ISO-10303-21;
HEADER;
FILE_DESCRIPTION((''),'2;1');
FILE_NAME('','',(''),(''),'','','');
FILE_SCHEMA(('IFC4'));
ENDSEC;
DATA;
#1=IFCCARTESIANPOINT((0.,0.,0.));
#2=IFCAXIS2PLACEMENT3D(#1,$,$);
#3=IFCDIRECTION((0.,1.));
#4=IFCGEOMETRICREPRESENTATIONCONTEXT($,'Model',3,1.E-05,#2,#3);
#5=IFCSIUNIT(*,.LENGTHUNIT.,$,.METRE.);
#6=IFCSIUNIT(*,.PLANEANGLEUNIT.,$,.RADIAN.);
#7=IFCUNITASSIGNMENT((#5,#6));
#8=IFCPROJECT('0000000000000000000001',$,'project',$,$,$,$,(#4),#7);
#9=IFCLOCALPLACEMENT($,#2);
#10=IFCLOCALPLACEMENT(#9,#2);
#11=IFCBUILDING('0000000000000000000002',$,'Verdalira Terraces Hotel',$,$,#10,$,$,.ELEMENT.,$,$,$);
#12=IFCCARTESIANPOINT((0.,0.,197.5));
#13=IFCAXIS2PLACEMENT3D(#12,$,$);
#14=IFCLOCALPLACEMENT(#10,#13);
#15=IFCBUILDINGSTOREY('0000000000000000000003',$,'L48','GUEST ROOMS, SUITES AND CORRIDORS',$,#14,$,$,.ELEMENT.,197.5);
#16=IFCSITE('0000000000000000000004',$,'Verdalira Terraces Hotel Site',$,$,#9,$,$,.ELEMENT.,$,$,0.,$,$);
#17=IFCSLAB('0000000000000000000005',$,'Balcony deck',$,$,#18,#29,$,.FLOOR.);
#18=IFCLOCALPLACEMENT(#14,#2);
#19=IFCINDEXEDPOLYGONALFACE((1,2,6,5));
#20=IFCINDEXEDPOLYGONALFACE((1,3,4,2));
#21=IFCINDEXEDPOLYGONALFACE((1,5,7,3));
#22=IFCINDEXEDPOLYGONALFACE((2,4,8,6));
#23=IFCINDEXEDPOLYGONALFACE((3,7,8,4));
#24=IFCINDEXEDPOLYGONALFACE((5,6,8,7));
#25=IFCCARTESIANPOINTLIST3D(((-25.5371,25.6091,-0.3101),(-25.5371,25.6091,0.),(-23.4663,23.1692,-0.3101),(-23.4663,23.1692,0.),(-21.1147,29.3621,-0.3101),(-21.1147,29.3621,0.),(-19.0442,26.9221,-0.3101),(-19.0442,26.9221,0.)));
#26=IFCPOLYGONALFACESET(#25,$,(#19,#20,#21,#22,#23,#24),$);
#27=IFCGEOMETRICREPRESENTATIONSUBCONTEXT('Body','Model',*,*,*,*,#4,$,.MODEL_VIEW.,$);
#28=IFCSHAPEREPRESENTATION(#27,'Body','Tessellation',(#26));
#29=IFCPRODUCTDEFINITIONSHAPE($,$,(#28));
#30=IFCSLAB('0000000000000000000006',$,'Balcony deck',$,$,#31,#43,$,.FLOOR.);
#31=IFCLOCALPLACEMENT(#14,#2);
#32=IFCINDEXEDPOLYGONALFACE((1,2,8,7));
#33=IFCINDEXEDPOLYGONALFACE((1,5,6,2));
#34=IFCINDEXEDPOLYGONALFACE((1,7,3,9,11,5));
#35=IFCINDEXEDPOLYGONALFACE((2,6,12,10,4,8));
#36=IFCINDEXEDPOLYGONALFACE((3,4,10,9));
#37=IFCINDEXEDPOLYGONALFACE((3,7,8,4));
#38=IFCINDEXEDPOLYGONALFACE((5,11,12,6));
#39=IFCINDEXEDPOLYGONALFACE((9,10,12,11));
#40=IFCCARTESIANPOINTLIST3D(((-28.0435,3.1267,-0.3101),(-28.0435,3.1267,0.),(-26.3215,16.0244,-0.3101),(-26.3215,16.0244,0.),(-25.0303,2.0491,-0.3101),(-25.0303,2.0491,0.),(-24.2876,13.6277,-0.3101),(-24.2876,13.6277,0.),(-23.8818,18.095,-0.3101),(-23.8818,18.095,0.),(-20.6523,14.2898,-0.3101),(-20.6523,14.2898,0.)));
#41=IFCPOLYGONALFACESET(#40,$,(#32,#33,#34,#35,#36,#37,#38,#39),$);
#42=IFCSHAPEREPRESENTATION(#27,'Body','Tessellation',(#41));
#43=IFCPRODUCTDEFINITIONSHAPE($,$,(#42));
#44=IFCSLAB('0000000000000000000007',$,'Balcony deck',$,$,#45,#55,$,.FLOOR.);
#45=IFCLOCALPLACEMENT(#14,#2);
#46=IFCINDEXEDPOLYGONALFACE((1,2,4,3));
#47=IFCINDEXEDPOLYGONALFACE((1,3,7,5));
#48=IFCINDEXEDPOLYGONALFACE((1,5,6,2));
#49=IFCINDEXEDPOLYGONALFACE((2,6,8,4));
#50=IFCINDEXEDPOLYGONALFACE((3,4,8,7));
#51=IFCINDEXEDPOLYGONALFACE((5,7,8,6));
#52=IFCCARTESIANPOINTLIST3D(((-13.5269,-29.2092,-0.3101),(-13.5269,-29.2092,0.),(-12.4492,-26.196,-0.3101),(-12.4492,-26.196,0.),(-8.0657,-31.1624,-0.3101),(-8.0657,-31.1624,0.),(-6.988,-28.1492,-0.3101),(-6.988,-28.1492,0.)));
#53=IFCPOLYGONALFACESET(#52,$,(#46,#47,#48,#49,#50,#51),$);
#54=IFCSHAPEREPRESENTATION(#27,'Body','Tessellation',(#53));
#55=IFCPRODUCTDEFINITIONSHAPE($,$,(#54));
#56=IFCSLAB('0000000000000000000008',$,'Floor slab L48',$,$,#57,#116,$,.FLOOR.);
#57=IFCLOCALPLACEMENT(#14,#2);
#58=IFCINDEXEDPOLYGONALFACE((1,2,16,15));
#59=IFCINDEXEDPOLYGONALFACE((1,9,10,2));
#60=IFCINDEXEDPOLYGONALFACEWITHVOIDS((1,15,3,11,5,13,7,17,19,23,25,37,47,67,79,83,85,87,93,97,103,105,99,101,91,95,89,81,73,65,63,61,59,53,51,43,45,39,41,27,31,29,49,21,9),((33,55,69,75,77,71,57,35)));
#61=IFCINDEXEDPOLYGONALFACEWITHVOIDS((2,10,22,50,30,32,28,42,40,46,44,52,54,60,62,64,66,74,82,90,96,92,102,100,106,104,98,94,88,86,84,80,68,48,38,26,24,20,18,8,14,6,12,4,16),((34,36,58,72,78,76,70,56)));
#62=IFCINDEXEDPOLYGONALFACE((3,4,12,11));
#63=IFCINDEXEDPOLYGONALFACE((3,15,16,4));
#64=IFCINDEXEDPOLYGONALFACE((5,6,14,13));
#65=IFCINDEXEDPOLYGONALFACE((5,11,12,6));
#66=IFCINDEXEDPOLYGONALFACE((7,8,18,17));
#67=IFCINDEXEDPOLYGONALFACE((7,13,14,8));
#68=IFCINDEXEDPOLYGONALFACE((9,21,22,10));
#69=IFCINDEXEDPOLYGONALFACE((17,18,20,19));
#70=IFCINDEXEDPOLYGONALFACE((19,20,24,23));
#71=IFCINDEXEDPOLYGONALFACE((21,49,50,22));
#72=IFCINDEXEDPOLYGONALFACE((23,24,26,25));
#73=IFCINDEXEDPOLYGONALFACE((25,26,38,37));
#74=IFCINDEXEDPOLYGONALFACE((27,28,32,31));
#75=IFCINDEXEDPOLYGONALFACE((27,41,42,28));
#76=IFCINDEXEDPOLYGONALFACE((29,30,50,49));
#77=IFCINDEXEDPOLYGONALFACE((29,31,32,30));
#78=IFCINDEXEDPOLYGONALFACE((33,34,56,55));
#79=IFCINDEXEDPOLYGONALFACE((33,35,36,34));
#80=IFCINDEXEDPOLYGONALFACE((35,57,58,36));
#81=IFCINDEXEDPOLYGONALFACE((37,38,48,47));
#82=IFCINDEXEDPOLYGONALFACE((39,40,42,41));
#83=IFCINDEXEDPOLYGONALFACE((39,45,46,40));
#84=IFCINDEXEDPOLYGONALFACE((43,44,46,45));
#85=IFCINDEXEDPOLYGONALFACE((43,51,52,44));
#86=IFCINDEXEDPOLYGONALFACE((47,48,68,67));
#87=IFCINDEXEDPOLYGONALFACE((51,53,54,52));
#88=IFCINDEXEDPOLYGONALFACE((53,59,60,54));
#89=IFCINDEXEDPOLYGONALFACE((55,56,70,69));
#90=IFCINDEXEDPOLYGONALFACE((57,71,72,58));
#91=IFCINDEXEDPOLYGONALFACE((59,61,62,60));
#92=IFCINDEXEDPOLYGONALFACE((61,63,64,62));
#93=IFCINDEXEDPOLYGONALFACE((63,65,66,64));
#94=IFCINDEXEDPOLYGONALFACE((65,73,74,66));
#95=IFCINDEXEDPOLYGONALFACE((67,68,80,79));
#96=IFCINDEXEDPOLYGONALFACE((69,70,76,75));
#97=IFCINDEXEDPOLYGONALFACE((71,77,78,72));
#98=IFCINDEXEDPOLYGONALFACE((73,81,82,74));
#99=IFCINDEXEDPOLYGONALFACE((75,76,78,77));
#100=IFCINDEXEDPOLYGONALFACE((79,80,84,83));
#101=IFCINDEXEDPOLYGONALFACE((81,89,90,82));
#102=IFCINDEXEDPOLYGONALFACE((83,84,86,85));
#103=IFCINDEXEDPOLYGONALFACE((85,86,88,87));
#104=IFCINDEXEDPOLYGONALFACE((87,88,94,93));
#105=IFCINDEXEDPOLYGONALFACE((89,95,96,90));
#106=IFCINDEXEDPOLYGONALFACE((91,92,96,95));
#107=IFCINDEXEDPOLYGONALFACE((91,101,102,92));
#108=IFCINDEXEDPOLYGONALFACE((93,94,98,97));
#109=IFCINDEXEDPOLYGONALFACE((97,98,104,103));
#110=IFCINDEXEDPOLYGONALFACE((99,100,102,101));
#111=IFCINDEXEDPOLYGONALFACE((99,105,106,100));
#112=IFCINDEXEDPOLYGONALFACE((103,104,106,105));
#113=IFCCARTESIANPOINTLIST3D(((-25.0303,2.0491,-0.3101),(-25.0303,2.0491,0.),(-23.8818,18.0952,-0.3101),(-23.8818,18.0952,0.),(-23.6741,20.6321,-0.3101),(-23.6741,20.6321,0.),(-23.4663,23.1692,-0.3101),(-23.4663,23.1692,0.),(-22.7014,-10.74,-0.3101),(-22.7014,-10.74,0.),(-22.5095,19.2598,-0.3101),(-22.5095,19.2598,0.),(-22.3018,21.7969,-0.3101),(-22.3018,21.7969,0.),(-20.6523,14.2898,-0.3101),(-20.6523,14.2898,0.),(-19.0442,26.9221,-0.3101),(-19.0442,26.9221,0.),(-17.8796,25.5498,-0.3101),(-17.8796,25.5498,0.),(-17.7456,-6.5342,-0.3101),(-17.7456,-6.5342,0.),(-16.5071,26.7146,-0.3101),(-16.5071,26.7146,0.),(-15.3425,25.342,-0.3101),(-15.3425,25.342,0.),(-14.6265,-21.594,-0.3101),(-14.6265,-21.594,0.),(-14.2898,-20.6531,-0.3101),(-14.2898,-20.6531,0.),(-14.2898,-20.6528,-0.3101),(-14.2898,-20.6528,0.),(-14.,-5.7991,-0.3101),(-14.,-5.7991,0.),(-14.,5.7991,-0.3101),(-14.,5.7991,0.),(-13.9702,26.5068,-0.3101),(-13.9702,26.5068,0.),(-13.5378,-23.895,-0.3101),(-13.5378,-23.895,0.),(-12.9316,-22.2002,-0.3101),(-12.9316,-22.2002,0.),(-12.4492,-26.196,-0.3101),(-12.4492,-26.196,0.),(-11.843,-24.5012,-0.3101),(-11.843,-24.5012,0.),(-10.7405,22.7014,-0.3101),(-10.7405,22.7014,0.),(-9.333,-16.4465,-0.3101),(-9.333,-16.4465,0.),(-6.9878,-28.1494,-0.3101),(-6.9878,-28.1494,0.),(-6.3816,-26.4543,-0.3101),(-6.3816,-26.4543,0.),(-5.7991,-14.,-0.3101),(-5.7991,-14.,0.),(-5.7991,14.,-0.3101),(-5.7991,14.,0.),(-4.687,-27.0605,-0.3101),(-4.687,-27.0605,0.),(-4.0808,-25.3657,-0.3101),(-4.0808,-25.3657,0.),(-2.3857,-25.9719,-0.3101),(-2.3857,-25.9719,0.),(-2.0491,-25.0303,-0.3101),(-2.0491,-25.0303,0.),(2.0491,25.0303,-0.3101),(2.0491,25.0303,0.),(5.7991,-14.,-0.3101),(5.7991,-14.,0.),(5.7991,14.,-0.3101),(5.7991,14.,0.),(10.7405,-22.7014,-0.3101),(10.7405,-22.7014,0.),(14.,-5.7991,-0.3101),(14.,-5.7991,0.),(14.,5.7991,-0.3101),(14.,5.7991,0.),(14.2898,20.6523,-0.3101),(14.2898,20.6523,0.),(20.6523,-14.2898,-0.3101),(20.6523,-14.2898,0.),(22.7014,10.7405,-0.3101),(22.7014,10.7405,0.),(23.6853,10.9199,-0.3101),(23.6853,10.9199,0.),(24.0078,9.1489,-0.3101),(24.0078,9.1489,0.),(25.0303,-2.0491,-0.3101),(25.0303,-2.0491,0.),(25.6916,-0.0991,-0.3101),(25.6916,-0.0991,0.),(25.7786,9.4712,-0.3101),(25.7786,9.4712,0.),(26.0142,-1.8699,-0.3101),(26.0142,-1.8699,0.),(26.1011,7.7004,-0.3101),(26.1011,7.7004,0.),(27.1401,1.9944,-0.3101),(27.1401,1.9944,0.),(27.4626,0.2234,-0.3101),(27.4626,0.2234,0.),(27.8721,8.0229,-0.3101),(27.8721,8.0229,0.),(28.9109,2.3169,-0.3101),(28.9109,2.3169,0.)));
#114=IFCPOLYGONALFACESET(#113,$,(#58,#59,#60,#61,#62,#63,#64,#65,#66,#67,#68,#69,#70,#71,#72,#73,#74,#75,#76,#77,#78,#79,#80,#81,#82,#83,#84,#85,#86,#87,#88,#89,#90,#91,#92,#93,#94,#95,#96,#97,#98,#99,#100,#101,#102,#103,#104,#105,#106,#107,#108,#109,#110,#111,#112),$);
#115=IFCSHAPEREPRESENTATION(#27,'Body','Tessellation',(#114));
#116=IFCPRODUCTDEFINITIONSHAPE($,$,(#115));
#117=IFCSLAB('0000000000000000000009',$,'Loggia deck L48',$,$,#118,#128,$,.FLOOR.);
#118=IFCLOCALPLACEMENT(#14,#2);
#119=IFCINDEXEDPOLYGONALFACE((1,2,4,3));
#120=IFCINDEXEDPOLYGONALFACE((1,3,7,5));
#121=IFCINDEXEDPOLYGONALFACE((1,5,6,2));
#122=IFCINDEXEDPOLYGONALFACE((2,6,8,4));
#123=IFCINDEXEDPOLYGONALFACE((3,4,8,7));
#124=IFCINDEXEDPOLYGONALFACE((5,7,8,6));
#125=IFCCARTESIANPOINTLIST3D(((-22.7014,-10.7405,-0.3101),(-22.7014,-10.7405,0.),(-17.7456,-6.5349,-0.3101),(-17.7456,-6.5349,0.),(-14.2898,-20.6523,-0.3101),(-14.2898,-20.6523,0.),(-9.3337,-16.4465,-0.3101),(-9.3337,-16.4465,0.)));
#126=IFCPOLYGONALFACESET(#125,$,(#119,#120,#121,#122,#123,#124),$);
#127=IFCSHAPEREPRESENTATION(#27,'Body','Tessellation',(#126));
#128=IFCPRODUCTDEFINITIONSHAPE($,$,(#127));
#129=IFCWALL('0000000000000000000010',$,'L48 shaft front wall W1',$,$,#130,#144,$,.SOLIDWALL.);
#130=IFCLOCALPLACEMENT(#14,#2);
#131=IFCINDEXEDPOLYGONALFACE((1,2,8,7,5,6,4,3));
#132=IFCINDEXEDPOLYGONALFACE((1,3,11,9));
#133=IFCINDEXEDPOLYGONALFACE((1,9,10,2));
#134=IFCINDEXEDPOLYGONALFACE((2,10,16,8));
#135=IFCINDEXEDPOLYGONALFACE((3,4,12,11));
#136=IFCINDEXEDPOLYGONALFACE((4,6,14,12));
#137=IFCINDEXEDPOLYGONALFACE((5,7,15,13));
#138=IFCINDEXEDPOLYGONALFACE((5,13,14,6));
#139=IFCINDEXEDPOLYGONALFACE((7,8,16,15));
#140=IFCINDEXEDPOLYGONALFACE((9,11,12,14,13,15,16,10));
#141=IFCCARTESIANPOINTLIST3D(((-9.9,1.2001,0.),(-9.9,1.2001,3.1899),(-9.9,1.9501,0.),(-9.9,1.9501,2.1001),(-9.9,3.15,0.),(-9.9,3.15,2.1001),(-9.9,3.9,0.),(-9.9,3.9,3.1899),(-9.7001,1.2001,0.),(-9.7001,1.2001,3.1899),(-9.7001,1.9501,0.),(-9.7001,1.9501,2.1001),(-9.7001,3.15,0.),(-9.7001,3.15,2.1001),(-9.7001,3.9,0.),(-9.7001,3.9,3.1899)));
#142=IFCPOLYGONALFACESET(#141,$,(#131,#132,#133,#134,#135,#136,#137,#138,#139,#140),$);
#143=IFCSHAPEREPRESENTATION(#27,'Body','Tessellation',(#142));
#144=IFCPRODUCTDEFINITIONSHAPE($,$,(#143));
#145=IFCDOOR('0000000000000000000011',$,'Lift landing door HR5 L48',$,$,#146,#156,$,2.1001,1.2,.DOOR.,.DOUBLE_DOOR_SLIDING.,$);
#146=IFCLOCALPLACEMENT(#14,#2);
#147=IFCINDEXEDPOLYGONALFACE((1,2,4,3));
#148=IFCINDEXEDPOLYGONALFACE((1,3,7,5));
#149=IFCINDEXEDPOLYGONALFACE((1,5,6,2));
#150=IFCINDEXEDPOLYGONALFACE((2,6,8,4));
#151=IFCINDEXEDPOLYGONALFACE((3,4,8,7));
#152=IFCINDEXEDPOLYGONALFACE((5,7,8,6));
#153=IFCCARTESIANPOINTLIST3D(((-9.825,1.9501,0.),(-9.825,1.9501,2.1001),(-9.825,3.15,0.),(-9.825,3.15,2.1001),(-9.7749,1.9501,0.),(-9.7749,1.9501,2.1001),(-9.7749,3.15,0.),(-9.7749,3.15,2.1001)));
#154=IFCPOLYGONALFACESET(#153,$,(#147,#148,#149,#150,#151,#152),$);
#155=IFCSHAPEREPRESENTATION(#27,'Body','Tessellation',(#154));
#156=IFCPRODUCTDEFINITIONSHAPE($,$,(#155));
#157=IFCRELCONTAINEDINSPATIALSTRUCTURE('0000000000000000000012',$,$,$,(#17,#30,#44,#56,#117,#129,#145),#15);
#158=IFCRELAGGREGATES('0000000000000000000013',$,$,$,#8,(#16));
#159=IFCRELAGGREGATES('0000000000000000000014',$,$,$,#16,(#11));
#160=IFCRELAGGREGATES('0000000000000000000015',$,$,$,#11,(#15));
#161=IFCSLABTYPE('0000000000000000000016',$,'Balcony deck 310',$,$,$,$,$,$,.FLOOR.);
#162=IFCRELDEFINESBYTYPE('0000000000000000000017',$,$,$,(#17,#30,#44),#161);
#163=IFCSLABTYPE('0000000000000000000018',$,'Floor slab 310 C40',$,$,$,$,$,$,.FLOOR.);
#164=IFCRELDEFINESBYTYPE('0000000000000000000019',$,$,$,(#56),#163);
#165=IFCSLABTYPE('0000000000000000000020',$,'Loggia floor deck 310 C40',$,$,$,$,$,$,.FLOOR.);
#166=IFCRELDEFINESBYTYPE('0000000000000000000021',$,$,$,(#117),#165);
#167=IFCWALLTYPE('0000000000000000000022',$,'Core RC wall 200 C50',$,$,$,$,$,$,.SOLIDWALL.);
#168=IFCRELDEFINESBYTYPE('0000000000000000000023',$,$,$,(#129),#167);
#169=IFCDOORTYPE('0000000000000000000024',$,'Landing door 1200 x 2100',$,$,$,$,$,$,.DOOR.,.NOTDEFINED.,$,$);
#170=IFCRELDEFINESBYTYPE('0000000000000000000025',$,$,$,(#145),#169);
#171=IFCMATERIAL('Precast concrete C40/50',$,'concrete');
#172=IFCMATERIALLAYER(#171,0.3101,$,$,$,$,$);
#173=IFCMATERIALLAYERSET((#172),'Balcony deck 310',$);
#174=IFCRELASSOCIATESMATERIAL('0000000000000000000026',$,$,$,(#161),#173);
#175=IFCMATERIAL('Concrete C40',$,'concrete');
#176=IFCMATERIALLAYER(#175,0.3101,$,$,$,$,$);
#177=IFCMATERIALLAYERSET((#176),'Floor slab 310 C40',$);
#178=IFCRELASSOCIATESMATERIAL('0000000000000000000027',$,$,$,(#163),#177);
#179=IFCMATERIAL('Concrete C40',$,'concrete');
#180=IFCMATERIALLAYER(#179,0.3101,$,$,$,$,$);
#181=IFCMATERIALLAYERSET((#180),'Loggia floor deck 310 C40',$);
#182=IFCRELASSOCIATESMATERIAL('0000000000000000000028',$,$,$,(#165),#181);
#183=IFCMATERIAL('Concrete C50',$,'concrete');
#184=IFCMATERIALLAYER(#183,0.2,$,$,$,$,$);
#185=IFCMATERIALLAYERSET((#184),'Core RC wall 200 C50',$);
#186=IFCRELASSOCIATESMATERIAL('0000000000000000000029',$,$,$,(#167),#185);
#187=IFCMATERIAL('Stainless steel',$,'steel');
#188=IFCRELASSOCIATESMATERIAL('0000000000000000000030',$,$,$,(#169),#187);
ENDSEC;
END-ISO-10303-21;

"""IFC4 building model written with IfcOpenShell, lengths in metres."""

from ifc_helpers import new_model, si_unit, direction, frame, frame_2d, origin, place, context, subcontext, project, spatial, polyline, rectangle, outline, extrude, material, layer, layer_set, type_object, element, fill, save


model = new_model("IFC4")

# Units and contexts
model_context = context("Model", 3, precision=1e-05, world=origin(), true_north=direction((0.0, 1.0)))
body_context = subcontext(model_context, "Body", "Model", "MODEL_VIEW")
ifc_project = project(units=[si_unit("LENGTHUNIT", "METRE"), si_unit("PLANEANGLEUNIT", "RADIAN")], contexts=[model_context])

# Site, building, storey
site_placement = place(None, origin())
site = spatial("IfcSite", under=ifc_project, at=site_placement, Name="Verdalira Terraces Hotel Site", CompositionType="ELEMENT", RefElevation=0.0)
building_placement = place(site_placement, origin())
building = spatial("IfcBuilding", under=site, at=building_placement, Name="Verdalira Terraces Hotel", CompositionType="ELEMENT")
storey_placement = place(building_placement, frame((0.0, 0.0, 197.5)))
storey = spatial("IfcBuildingStorey", under=building, at=storey_placement, Name="L48", Description="GUEST ROOMS, SUITES AND CORRIDORS", CompositionType="ELEMENT", Elevation=197.5)

# Slabs
ifc_material_1 = material(Name="Precast concrete C40/50", Category="concrete")
ifc_layer_1 = layer(ifc_material_1, 0.3101)
ifc_layer_set_1 = layer_set([ifc_layer_1], Name="Balcony deck 310")
slab_type_1 = type_object("IfcSlabType", Name="Balcony deck 310", PredefinedType="FLOOR", material=ifc_layer_set_1)
slab_1_placement = place(storey_placement, frame((0.0, 0.0, -0.3101)))
element("IfcSlab", 1, at=slab_1_placement, inside=storey, type_object=slab_type_1, Name="Balcony deck", PredefinedType="FLOOR", context=body_context, shape_type="SweptSolid", body=[
    extrude(outline(polyline([(-25.5371, 25.6091), (-23.4663, 23.1692), (-19.0442, 26.9221), (-21.1147, 29.3621), (-25.5371, 25.6091)])), origin(), (0.0, 0.0, 1.0), 0.3101),
])
slab_2_placement = place(storey_placement, frame((0.0, 0.0, -0.3101)))
element("IfcSlab", 2, at=slab_2_placement, inside=storey, type_object=slab_type_1, Name="Balcony deck", PredefinedType="FLOOR", context=body_context, shape_type="SweptSolid", body=[
    extrude(outline(polyline([(-24.2876, 13.6277), (-28.0435, 3.1267), (-25.0303, 2.0491), (-20.6523, 14.2898), (-23.8818, 18.095), (-26.3215, 16.0244), (-24.2876, 13.6277)])), origin(), (0.0, 0.0, 1.0), 0.3101),
])
slab_3_placement = place(storey_placement, frame((0.0, 0.0, -0.3101)))
element("IfcSlab", 3, at=slab_3_placement, inside=storey, type_object=slab_type_1, Name="Balcony deck", PredefinedType="FLOOR", context=body_context, shape_type="SweptSolid", body=[
    extrude(outline(polyline([(-8.0657, -31.1624), (-6.988, -28.1492), (-12.4492, -26.196), (-13.5269, -29.2092), (-8.0657, -31.1624)])), origin(), (0.0, 0.0, 1.0), 0.3101),
])
ifc_material_2 = material(Name="Concrete C40", Category="concrete")
ifc_layer_2 = layer(ifc_material_2, 0.3101)
ifc_layer_set_2 = layer_set([ifc_layer_2], Name="Floor slab 310 C40")
slab_type_2 = type_object("IfcSlabType", Name="Floor slab 310 C40", PredefinedType="FLOOR", material=ifc_layer_set_2)
slab_4_placement = place(storey_placement, frame((0.0, 0.0, -0.3101)))
element("IfcSlab", 4, at=slab_4_placement, inside=storey, type_object=slab_type_2, Name="Floor slab L48", PredefinedType="FLOOR", context=body_context, shape_type="SweptSolid", body=[
    extrude(outline(polyline([(-20.6523, 14.2898), (-25.0303, 2.0491), (-22.7014, -10.74), (-17.7456, -6.5342), (-9.333, -16.4465), (-14.2898, -20.6531), (-14.2898, -20.6528), (-14.6265, -21.594), (-12.9316, -22.2002), (-13.5378, -23.895), (-11.843, -24.5012), (-12.4492, -26.196), (-6.9878, -28.1494), (-6.3816, -26.4543), (-4.687, -27.0605), (-4.0808, -25.3657), (-2.3857, -25.9719), (-2.0491, -25.0303), (10.7405, -22.7014), (20.6523, -14.2898), (25.0303, -2.0491), (26.0142, -1.8699), (25.6916, -0.0991), (27.4626, 0.2234), (27.1401, 1.9944), (28.9109, 2.3169), (27.8721, 8.0229), (26.1011, 7.7004), (25.7786, 9.4712), (24.0078, 9.1489), (23.6853, 10.9199), (22.7014, 10.7405), (14.2898, 20.6523), (2.0491, 25.0303), (-10.7405, 22.7014), (-13.9702, 26.5068), (-15.3425, 25.342), (-16.5071, 26.7146), (-17.8796, 25.5498), (-19.0442, 26.9221), (-23.4663, 23.1692), (-22.3018, 21.7969), (-23.6741, 20.6321), (-22.5095, 19.2598), (-23.8818, 18.0952), (-20.6523, 14.2898)]), holes=[polyline([(5.7991, 14.0), (14.0, 5.7991), (14.0, -5.7991), (5.7991, -14.0), (-5.7991, -14.0), (-14.0, -5.7991), (-14.0, 5.7991), (-5.7991, 14.0), (5.7991, 14.0)])]), origin(), (0.0, 0.0, 1.0), 0.3101),
])
ifc_material_3 = material(Name="Concrete C40", Category="concrete")
ifc_layer_3 = layer(ifc_material_3, 0.3101)
ifc_layer_set_3 = layer_set([ifc_layer_3], Name="Loggia floor deck 310 C40")
slab_type_3 = type_object("IfcSlabType", Name="Loggia floor deck 310 C40", PredefinedType="FLOOR", material=ifc_layer_set_3)
slab_5_placement = place(storey_placement, frame((0.0, 0.0, -0.3101)))
element("IfcSlab", 5, at=slab_5_placement, inside=storey, type_object=slab_type_3, Name="Loggia deck L48", PredefinedType="FLOOR", context=body_context, shape_type="SweptSolid", body=[
    extrude(outline(polyline([(-17.7456, -6.5349), (-22.7014, -10.7405), (-14.2898, -20.6523), (-9.3337, -16.4465), (-17.7456, -6.5349)])), origin(), (0.0, 0.0, 1.0), 0.3101),
])

# Wall, opening, door
ifc_material_4 = material(Name="Concrete C50", Category="concrete")
ifc_layer_4 = layer(ifc_material_4, 0.2)
ifc_layer_set_4 = layer_set([ifc_layer_4], Name="Core RC wall 200 C50")
wall_type_1 = type_object("IfcWallType", Name="Core RC wall 200 C50", PredefinedType="SOLIDWALL", material=ifc_layer_set_4)
wall_1_placement = place(storey_placement, frame((-9.8, 1.2, 0.0), z_axis=(0.0, 0.0, 1.0), x_axis=(0.0, 1.0, 0.0)))
wall_1 = element("IfcWall", 6, at=wall_1_placement, inside=storey, type_object=wall_type_1, Name="L48 shaft front wall W1", PredefinedType="SOLIDWALL", context=body_context, shape_type="SweptSolid", body=[
    extrude(rectangle(XDim=2.7, YDim=0.2, at=frame_2d((1.3501, 0.0))), origin(), (0.0, 0.0, 1.0), 3.1899),
])
opening_1_placement = place(wall_1_placement, frame((0.75, 0.0, 0.0)))
opening_1 = element("IfcOpeningElement", 7, at=opening_1_placement, cuts=wall_1, PredefinedType="OPENING", context=body_context, shape_type="SweptSolid", body=[
    extrude(rectangle(XDim=1.2, YDim=2.1001, at=frame_2d((0.6001, 1.05))), frame((0.0, 0.1099, 0.0), z_axis=(0.0, -1.0, 0.0), x_axis=(1.0, 0.0, 0.0)), (0.0, 0.0, 1.0), 0.22),
])
ifc_material_5 = material(Name="Stainless steel", Category="steel")
door_type_1 = type_object("IfcDoorType", Name="Landing door 1200 x 2100", OperationType="NOTDEFINED", PredefinedType="DOOR", material=ifc_material_5)
door_1_placement = place(opening_1_placement, origin())
door_1 = element("IfcDoor", 8, at=door_1_placement, inside=storey, type_object=door_type_1, Name="Lift landing door HR5 L48", OperationType="DOUBLE_DOOR_SLIDING", OverallHeight=2.1001, OverallWidth=1.2, PredefinedType="DOOR", context=body_context, shape_type="SweptSolid", body=[
    extrude(rectangle(XDim=1.2, YDim=2.1001, at=frame_2d((0.6001, 1.05))), frame((0.0, 0.0249, 0.0), z_axis=(0.0, -1.0, 0.0), x_axis=(1.0, 0.0, 0.0)), (0.0, 0.0, 1.0), 0.05),
])
fill(opening_1, door_1)

save(model, "model.ifc")
